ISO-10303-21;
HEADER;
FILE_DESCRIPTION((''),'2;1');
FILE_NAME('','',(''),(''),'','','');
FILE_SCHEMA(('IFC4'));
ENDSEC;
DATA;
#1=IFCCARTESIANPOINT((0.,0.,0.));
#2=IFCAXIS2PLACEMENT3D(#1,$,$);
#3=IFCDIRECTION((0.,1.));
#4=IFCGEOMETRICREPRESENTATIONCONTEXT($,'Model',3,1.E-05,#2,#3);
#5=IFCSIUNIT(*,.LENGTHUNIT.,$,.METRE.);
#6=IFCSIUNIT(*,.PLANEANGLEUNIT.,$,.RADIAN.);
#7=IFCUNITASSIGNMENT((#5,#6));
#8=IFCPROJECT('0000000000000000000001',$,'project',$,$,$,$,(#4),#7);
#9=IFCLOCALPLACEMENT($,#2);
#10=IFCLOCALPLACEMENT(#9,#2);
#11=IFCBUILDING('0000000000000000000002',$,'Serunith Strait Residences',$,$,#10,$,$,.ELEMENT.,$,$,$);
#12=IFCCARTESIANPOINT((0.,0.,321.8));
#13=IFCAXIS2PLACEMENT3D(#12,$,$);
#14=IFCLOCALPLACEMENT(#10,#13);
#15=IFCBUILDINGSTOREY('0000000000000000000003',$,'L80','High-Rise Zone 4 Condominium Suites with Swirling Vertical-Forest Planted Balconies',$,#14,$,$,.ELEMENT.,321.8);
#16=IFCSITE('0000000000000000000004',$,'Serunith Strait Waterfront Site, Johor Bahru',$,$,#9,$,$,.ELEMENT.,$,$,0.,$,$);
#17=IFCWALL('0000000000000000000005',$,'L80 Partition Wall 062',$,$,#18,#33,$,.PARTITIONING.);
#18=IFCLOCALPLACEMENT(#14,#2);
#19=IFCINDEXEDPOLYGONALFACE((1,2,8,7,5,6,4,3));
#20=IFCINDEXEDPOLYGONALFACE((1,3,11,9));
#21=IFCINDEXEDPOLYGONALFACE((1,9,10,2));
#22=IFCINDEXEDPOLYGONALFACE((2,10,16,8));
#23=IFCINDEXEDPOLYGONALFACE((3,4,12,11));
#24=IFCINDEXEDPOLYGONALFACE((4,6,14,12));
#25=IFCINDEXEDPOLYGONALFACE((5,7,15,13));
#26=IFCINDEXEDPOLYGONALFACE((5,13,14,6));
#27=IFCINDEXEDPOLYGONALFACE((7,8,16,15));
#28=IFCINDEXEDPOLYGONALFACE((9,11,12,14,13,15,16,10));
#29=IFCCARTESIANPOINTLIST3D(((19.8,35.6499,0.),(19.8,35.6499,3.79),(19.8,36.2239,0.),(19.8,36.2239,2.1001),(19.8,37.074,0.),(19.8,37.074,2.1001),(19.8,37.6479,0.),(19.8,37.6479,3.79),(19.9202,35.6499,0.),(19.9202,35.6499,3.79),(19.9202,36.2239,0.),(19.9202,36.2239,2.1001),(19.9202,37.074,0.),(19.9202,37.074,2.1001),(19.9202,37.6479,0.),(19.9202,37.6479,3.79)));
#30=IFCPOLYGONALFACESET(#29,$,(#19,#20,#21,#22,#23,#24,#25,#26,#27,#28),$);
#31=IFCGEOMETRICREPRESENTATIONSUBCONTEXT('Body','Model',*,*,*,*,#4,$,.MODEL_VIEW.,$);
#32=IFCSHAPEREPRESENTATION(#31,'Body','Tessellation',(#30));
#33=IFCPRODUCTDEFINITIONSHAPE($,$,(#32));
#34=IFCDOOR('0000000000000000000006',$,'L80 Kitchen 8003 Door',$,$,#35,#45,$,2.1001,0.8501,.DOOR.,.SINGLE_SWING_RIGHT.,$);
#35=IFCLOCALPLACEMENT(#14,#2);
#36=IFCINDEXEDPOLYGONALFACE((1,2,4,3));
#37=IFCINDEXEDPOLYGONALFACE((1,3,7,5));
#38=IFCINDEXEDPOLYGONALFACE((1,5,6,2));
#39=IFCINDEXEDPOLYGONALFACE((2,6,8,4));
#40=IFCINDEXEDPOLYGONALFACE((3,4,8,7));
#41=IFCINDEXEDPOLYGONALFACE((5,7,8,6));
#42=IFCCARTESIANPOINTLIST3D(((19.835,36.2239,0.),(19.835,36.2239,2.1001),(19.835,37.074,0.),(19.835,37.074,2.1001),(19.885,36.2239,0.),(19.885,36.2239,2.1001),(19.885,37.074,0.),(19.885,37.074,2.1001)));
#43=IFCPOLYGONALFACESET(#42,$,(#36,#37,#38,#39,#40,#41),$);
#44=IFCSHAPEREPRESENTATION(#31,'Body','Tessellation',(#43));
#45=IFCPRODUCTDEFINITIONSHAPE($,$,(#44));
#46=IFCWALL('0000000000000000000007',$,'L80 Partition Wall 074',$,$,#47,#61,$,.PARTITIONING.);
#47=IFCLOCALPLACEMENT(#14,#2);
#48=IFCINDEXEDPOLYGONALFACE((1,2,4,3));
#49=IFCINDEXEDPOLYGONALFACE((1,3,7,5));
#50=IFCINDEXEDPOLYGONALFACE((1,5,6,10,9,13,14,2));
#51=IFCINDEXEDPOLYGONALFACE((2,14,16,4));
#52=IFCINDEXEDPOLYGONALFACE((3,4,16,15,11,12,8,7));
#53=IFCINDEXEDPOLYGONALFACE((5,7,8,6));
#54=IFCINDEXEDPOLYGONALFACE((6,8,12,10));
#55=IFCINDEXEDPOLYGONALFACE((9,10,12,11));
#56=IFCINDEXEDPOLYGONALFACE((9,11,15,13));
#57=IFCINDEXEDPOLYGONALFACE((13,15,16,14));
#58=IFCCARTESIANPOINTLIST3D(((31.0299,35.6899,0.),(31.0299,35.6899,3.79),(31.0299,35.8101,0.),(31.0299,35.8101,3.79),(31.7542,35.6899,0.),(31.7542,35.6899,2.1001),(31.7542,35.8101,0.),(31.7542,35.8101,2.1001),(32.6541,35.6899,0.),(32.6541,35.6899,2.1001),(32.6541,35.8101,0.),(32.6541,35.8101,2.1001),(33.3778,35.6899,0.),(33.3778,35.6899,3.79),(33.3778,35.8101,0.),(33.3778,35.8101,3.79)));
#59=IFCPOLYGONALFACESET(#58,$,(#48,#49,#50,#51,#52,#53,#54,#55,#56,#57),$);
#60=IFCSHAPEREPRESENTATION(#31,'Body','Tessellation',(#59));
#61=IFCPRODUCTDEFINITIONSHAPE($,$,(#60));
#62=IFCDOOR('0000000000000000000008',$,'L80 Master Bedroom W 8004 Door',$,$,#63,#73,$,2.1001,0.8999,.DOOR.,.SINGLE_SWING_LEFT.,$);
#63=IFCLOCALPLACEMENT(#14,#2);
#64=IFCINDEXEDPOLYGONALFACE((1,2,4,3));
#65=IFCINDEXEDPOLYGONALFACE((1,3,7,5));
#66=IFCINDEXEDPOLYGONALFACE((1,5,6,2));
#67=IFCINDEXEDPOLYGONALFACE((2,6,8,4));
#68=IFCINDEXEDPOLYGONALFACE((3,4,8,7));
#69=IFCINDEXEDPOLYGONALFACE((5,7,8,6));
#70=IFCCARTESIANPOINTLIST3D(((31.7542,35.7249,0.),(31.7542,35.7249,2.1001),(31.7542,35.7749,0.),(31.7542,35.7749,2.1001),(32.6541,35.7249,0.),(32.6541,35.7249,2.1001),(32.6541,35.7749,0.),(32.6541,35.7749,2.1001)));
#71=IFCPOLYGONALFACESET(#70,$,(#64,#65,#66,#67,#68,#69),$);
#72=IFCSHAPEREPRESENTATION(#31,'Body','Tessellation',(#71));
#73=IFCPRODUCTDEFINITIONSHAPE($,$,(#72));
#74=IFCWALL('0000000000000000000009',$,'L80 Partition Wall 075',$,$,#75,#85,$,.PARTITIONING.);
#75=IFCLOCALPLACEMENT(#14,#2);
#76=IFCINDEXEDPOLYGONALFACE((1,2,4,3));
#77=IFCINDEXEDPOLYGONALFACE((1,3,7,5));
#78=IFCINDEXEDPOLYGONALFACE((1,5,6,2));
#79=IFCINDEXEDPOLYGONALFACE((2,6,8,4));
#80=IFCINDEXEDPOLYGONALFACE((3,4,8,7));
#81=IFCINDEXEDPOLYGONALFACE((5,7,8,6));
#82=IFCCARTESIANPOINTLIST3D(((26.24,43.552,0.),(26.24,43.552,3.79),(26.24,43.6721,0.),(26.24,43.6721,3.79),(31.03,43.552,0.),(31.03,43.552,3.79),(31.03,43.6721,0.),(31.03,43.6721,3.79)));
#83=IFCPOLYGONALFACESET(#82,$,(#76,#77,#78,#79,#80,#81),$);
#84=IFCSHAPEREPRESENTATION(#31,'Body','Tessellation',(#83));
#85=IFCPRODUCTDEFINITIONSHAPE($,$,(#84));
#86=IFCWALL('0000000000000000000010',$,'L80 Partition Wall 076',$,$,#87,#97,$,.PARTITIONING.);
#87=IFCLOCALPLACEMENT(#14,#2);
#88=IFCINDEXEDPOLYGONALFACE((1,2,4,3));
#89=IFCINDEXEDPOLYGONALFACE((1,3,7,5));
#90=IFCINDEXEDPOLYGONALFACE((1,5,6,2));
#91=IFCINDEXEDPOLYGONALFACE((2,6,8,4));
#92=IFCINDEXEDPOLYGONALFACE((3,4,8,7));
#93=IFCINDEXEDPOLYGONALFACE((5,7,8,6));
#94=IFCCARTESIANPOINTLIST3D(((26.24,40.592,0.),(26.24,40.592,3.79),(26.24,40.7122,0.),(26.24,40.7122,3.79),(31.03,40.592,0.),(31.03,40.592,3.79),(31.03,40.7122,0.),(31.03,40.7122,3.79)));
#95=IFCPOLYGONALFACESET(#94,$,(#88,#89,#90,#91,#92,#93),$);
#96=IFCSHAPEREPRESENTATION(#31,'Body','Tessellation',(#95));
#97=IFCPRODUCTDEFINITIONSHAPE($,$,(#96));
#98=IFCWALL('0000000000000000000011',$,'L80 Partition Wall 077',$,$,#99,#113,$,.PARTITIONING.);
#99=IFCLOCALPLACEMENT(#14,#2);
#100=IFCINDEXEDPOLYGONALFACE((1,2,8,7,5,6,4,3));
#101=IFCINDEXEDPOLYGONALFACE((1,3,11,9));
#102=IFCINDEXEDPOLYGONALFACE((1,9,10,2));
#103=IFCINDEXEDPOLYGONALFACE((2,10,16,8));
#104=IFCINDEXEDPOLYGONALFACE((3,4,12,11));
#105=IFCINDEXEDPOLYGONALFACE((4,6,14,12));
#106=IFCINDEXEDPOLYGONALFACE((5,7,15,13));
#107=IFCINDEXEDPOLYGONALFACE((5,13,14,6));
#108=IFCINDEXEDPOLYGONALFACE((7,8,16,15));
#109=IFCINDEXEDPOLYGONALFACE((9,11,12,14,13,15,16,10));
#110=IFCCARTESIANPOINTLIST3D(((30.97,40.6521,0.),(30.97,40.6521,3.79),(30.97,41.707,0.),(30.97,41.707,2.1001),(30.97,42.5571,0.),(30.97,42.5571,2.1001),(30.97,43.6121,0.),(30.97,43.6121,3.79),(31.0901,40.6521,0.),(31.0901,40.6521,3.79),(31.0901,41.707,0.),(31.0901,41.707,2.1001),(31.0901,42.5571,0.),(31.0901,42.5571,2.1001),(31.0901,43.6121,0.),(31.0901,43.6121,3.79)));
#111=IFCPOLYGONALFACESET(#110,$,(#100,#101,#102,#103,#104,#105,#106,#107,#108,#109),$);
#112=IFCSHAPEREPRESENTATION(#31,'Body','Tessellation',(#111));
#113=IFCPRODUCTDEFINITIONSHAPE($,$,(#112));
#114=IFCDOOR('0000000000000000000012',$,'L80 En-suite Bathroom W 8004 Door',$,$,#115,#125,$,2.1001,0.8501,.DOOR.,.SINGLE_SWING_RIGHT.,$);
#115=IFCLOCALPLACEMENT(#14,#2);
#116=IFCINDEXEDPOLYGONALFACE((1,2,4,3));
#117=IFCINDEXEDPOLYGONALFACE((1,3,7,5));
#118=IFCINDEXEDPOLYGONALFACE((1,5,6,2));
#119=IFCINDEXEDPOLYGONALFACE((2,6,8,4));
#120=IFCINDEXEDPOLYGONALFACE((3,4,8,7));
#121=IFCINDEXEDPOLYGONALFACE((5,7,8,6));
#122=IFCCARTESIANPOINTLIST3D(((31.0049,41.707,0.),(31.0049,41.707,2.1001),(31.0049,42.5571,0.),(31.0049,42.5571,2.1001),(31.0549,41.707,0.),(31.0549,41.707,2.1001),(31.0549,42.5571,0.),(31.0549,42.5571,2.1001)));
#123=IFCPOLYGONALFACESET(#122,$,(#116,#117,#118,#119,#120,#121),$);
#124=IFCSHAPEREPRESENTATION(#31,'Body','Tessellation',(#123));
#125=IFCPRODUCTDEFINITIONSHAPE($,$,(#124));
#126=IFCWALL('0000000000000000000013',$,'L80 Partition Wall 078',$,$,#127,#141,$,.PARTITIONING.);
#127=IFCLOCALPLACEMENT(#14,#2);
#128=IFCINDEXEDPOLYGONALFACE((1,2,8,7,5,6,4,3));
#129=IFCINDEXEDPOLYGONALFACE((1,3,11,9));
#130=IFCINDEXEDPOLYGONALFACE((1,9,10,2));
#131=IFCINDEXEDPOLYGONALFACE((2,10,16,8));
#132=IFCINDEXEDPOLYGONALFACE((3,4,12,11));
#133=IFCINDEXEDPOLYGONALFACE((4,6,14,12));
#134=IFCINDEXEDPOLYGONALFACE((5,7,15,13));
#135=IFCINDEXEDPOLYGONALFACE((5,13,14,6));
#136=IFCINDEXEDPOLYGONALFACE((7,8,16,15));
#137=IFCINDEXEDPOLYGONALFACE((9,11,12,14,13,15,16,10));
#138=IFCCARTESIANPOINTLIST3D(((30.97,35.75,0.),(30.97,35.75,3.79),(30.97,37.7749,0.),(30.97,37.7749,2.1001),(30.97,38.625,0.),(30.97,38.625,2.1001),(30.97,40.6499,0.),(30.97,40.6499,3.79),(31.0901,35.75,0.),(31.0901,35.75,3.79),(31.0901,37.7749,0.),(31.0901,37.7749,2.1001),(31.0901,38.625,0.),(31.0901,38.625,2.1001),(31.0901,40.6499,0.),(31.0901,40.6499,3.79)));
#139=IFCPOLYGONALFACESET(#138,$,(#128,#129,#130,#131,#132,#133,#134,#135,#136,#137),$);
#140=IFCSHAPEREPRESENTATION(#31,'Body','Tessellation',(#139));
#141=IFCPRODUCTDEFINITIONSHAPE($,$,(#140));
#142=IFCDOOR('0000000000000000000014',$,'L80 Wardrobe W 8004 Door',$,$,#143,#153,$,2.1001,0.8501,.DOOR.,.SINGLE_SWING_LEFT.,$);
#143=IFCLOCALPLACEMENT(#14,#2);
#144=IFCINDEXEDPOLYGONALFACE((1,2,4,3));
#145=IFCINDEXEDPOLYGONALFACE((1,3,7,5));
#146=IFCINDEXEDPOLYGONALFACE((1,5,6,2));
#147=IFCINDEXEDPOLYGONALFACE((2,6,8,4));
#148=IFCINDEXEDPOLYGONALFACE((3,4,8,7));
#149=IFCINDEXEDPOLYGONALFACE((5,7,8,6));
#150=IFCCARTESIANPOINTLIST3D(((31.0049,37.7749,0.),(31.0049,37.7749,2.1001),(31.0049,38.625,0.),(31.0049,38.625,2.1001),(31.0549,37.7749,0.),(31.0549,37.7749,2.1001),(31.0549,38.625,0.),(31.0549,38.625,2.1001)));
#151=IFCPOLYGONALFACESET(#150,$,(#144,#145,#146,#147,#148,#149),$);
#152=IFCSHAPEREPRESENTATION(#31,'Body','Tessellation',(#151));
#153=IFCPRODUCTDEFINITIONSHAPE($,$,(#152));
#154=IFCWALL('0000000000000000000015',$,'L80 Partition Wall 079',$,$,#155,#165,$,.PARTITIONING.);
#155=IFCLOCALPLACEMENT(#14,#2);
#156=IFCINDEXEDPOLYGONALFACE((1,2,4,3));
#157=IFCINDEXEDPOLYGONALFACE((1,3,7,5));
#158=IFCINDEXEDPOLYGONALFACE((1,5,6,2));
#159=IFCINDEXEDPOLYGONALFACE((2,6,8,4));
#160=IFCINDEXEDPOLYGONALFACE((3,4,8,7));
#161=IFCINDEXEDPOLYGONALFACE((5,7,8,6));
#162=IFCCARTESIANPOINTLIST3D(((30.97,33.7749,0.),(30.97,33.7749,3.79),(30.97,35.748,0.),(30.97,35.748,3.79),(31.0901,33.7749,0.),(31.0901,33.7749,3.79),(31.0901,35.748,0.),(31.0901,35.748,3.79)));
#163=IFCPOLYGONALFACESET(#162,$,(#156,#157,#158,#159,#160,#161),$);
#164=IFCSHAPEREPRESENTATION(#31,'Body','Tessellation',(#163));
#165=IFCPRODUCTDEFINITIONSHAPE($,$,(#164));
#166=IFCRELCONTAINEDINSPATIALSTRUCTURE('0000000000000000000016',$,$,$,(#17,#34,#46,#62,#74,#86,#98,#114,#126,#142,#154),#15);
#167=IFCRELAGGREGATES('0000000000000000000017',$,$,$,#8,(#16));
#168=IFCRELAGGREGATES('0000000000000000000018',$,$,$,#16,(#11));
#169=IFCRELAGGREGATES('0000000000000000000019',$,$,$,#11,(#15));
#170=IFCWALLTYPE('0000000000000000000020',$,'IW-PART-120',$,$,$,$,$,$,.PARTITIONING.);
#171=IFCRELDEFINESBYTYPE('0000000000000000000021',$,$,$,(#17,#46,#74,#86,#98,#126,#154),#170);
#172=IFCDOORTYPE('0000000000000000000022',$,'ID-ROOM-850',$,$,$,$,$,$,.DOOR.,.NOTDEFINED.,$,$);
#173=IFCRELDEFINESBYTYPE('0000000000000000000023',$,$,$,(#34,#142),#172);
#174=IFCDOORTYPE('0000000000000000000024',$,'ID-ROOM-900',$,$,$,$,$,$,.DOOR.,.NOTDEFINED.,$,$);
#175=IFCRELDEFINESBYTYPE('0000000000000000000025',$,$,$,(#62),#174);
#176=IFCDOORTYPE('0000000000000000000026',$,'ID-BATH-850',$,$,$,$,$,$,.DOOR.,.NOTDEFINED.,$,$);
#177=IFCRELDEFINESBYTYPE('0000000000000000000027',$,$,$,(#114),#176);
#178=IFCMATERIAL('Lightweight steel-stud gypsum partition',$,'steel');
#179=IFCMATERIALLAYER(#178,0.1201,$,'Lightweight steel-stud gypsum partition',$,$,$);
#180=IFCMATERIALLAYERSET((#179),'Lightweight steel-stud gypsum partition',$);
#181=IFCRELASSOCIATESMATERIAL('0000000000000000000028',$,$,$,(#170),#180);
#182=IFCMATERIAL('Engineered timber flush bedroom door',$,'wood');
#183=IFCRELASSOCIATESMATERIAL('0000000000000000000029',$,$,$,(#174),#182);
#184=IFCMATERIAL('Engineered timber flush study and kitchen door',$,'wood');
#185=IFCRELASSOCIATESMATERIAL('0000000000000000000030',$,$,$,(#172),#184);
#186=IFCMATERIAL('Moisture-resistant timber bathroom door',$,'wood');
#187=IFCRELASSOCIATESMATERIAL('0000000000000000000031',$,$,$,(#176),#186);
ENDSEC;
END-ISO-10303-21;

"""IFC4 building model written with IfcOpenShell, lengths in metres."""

from ifc_helpers import new_model, si_unit, direction, frame, frame_2d, origin, place, context, subcontext, project, spatial, rectangle, extrude, source, transform, mapped, material, layer, layer_set, type_object, element, fill, save


model = new_model("IFC4")

# Units and contexts
model_context = context("Model", 3, precision=1e-05, world=origin(), true_north=direction((0.0, 1.0)))
body_context = subcontext(model_context, "Body", "Model", "MODEL_VIEW")
ifc_project = project(units=[si_unit("LENGTHUNIT", "METRE"), si_unit("PLANEANGLEUNIT", "RADIAN")], contexts=[model_context])

# Site, building, storey
site_placement = place(None, origin())
site = spatial("IfcSite", under=ifc_project, at=site_placement, Name="Serunith Strait Waterfront Site, Johor Bahru", CompositionType="ELEMENT", RefElevation=0.0)
building_placement = place(site_placement, origin())
building = spatial("IfcBuilding", under=site, at=building_placement, Name="Serunith Strait Residences", CompositionType="ELEMENT")
storey_placement = place(building_placement, frame((0.0, 0.0, 321.8)))
storey = spatial("IfcBuildingStorey", under=building, at=storey_placement, Name="L80", Description="High-Rise Zone 4 Condominium Suites with Swirling Vertical-Forest Planted Balconies", CompositionType="ELEMENT", Elevation=321.8)

# Walls, openings, doors
ifc_material_1 = material(Name="Lightweight steel-stud gypsum partition", Category="steel")
ifc_layer_1 = layer(ifc_material_1, 0.1201, Name="Lightweight steel-stud gypsum partition")
ifc_layer_set_1 = layer_set([ifc_layer_1], Name="Lightweight steel-stud gypsum partition")
wall_type = type_object("IfcWallType", Name="IW-PART-120", PredefinedType="PARTITIONING", material=ifc_layer_set_1)
ifc_material_2 = material(Name="Engineered timber flush bedroom door", Category="wood")
door_type_1 = type_object("IfcDoorType", Name="ID-ROOM-900", OperationType="NOTDEFINED", PredefinedType="DOOR", material=ifc_material_2)
shared_shape_1 = source(origin(), body_context, "Body", "SweptSolid", [
    extrude(rectangle(XDim=0.8999, YDim=2.1001, at=frame_2d((0.45, 1.05))), frame((0.0, 0.0249, 0.0), z_axis=(0.0, -1.0, 0.0), x_axis=(1.0, 0.0, 0.0)), (0.0, 0.0, 1.0), 0.05),
])
ifc_material_3 = material(Name="Engineered timber flush study and kitchen door", Category="wood")
door_type_2 = type_object("IfcDoorType", Name="ID-ROOM-850", OperationType="NOTDEFINED", PredefinedType="DOOR", material=ifc_material_3)
shared_shape_2 = source(origin(), body_context, "Body", "SweptSolid", [
    extrude(rectangle(XDim=0.8501, YDim=2.1001, at=frame_2d((0.425, 1.05))), frame((0.0, 0.0249, 0.0), z_axis=(0.0, -1.0, 0.0), x_axis=(1.0, 0.0, 0.0)), (0.0, 0.0, 1.0), 0.05),
])
wall_1_placement = place(storey_placement, frame((19.8601, 37.6479, 0.0), z_axis=(0.0, 0.0, 1.0), x_axis=(0.0, -1.0, 0.0)))
wall_1 = element("IfcWall", 1, at=wall_1_placement, inside=storey, type_object=wall_type, Name="L80 Partition Wall 062", PredefinedType="PARTITIONING", context=body_context, shape_type="SweptSolid", body=[
    extrude(rectangle(XDim=1.998, YDim=0.1201, at=frame_2d((0.999, 0.0))), origin(), (0.0, 0.0, 1.0), 3.79),
])
opening_1_placement = place(wall_1_placement, frame((0.574, 0.0, 0.0)))
opening_1 = element("IfcOpeningElement", 2, at=opening_1_placement, cuts=wall_1, PredefinedType="OPENING", context=body_context, shape_type="SweptSolid", body=[
    extrude(rectangle(XDim=0.8501, YDim=2.1001, at=frame_2d((0.425, 1.05))), frame((0.0, 0.0701, 0.0), z_axis=(0.0, -1.0, 0.0), x_axis=(1.0, 0.0, 0.0)), (0.0, 0.0, 1.0), 0.1401),
])
door_1_placement = place(opening_1_placement, origin())
door_1 = element("IfcDoor", 3, at=door_1_placement, inside=storey, type_object=door_type_2, Name="L80 Kitchen 8003 Door", OperationType="SINGLE_SWING_RIGHT", OverallHeight=2.1001, OverallWidth=0.8501, PredefinedType="DOOR", context=body_context, shape_type="MappedRepresentation", body=[
    mapped(shared_shape_2, transform((0.0, 0.0, 0.0), scale=1.0)),
])
fill(opening_1, door_1)
wall_2_placement = place(storey_placement, frame((31.03, 35.75, 0.0), z_axis=(0.0, 0.0, 1.0), x_axis=(1.0, 0.0, 0.0)))
wall_2 = element("IfcWall", 4, at=wall_2_placement, inside=storey, type_object=wall_type, Name="L80 Partition Wall 074", PredefinedType="PARTITIONING", context=body_context, shape_type="SweptSolid", body=[
    extrude(rectangle(XDim=2.3479, YDim=0.1201, at=frame_2d((1.1738, 0.0))), origin(), (0.0, 0.0, 1.0), 3.79),
])
opening_2_placement = place(wall_2_placement, frame((0.7241, 0.0, 0.0)))
opening_2 = element("IfcOpeningElement", 5, at=opening_2_placement, cuts=wall_2, PredefinedType="OPENING", context=body_context, shape_type="SweptSolid", body=[
    extrude(rectangle(XDim=0.8999, YDim=2.1001, at=frame_2d((0.45, 1.05))), frame((0.0, 0.0701, 0.0), z_axis=(0.0, -1.0, 0.0), x_axis=(1.0, 0.0, 0.0)), (0.0, 0.0, 1.0), 0.1401),
])
door_2_placement = place(opening_2_placement, origin())
door_2 = element("IfcDoor", 6, at=door_2_placement, inside=storey, type_object=door_type_1, Name="L80 Master Bedroom W 8004 Door", OperationType="SINGLE_SWING_LEFT", OverallHeight=2.1001, OverallWidth=0.8999, PredefinedType="DOOR", context=body_context, shape_type="MappedRepresentation", body=[
    mapped(shared_shape_1, transform((0.0, 0.0, 0.0), scale=1.0)),
])
fill(opening_2, door_2)

# Walls
for number, where, z_axis, x_axis, name in (
    (7, (26.24, 43.6121, 0.0), (0.0, 0.0, 1.0), (1.0, 0.0, 0.0), "L80 Partition Wall 075"),
    (8, (26.24, 40.6521, 0.0), (0.0, 0.0, 1.0), (1.0, 0.0, 0.0), "L80 Partition Wall 076"),
):
    element("IfcWall", number, at=place(storey_placement, frame(where, z_axis=z_axis, x_axis=x_axis)), inside=storey, type_object=wall_type, Name=name, PredefinedType="PARTITIONING", context=body_context, shape_type="SweptSolid", body=[
        extrude(rectangle(XDim=4.79, YDim=0.1201, at=frame_2d((2.395, 0.0))), origin(), (0.0, 0.0, 1.0), 3.79),
    ])

# Walls, openings, doors
wall_3_placement = place(storey_placement, frame((31.03, 43.6121, 0.0), z_axis=(0.0, 0.0, 1.0), x_axis=(0.0, -1.0, 0.0)))
wall_3 = element("IfcWall", 9, at=wall_3_placement, inside=storey, type_object=wall_type, Name="L80 Partition Wall 077", PredefinedType="PARTITIONING", context=body_context, shape_type="SweptSolid", body=[
    extrude(rectangle(XDim=2.96, YDim=0.1201, at=frame_2d((1.48, 0.0))), origin(), (0.0, 0.0, 1.0), 3.79),
])
opening_3_placement = place(wall_3_placement, frame((1.0549, 0.0, 0.0)))
opening_3 = element("IfcOpeningElement", 10, at=opening_3_placement, cuts=wall_3, PredefinedType="OPENING", context=body_context, shape_type="SweptSolid", body=[
    extrude(rectangle(XDim=0.8501, YDim=2.1001, at=frame_2d((0.425, 1.05))), frame((0.0, 0.0701, 0.0), z_axis=(0.0, -1.0, 0.0), x_axis=(1.0, 0.0, 0.0)), (0.0, 0.0, 1.0), 0.1401),
])
ifc_material_4 = material(Name="Moisture-resistant timber bathroom door", Category="wood")
door_type_3 = type_object("IfcDoorType", Name="ID-BATH-850", OperationType="NOTDEFINED", PredefinedType="DOOR", material=ifc_material_4)
door_3_placement = place(opening_3_placement, origin())
door_3 = element("IfcDoor", 11, at=door_3_placement, inside=storey, type_object=door_type_3, Name="L80 En-suite Bathroom W 8004 Door", OperationType="SINGLE_SWING_RIGHT", OverallHeight=2.1001, OverallWidth=0.8501, PredefinedType="DOOR", context=body_context, shape_type="MappedRepresentation", body=[
    mapped(shared_shape_2, transform((0.0, 0.0, 0.0), scale=1.0)),
])
fill(opening_3, door_3)
wall_4_placement = place(storey_placement, frame((31.03, 40.6499, 0.0), z_axis=(0.0, 0.0, 1.0), x_axis=(0.0, -1.0, 0.0)))
wall_4 = element("IfcWall", 12, at=wall_4_placement, inside=storey, type_object=wall_type, Name="L80 Partition Wall 078", PredefinedType="PARTITIONING", context=body_context, shape_type="SweptSolid", body=[
    extrude(rectangle(XDim=4.8999, YDim=0.1201, at=frame_2d((2.45, 0.0))), origin(), (0.0, 0.0, 1.0), 3.79),
])
opening_4_placement = place(wall_4_placement, frame((2.0249, 0.0, 0.0)))
opening_4 = element("IfcOpeningElement", 13, at=opening_4_placement, cuts=wall_4, PredefinedType="OPENING", context=body_context, shape_type="SweptSolid", body=[
    extrude(rectangle(XDim=0.8501, YDim=2.1001, at=frame_2d((0.425, 1.05))), frame((0.0, 0.0701, 0.0), z_axis=(0.0, -1.0, 0.0), x_axis=(1.0, 0.0, 0.0)), (0.0, 0.0, 1.0), 0.1401),
])
door_4_placement = place(opening_4_placement, origin())
door_4 = element("IfcDoor", 14, at=door_4_placement, inside=storey, type_object=door_type_2, Name="L80 Wardrobe W 8004 Door", OperationType="SINGLE_SWING_LEFT", OverallHeight=2.1001, OverallWidth=0.8501, PredefinedType="DOOR", context=body_context, shape_type="MappedRepresentation", body=[
    mapped(shared_shape_2, transform((0.0, 0.0, 0.0), scale=1.0)),
])
fill(opening_4, door_4)

# Wall
wall_5_placement = place(storey_placement, frame((31.03, 35.748, 0.0), z_axis=(0.0, 0.0, 1.0), x_axis=(0.0, -1.0, 0.0)))
element("IfcWall", 15, at=wall_5_placement, inside=storey, type_object=wall_type, Name="L80 Partition Wall 079", PredefinedType="PARTITIONING", context=body_context, shape_type="SweptSolid", body=[
    extrude(rectangle(XDim=1.9731, YDim=0.1201, at=frame_2d((0.9866, 0.0))), origin(), (0.0, 0.0, 1.0), 3.79),
])

save(model, "model.ifc")
